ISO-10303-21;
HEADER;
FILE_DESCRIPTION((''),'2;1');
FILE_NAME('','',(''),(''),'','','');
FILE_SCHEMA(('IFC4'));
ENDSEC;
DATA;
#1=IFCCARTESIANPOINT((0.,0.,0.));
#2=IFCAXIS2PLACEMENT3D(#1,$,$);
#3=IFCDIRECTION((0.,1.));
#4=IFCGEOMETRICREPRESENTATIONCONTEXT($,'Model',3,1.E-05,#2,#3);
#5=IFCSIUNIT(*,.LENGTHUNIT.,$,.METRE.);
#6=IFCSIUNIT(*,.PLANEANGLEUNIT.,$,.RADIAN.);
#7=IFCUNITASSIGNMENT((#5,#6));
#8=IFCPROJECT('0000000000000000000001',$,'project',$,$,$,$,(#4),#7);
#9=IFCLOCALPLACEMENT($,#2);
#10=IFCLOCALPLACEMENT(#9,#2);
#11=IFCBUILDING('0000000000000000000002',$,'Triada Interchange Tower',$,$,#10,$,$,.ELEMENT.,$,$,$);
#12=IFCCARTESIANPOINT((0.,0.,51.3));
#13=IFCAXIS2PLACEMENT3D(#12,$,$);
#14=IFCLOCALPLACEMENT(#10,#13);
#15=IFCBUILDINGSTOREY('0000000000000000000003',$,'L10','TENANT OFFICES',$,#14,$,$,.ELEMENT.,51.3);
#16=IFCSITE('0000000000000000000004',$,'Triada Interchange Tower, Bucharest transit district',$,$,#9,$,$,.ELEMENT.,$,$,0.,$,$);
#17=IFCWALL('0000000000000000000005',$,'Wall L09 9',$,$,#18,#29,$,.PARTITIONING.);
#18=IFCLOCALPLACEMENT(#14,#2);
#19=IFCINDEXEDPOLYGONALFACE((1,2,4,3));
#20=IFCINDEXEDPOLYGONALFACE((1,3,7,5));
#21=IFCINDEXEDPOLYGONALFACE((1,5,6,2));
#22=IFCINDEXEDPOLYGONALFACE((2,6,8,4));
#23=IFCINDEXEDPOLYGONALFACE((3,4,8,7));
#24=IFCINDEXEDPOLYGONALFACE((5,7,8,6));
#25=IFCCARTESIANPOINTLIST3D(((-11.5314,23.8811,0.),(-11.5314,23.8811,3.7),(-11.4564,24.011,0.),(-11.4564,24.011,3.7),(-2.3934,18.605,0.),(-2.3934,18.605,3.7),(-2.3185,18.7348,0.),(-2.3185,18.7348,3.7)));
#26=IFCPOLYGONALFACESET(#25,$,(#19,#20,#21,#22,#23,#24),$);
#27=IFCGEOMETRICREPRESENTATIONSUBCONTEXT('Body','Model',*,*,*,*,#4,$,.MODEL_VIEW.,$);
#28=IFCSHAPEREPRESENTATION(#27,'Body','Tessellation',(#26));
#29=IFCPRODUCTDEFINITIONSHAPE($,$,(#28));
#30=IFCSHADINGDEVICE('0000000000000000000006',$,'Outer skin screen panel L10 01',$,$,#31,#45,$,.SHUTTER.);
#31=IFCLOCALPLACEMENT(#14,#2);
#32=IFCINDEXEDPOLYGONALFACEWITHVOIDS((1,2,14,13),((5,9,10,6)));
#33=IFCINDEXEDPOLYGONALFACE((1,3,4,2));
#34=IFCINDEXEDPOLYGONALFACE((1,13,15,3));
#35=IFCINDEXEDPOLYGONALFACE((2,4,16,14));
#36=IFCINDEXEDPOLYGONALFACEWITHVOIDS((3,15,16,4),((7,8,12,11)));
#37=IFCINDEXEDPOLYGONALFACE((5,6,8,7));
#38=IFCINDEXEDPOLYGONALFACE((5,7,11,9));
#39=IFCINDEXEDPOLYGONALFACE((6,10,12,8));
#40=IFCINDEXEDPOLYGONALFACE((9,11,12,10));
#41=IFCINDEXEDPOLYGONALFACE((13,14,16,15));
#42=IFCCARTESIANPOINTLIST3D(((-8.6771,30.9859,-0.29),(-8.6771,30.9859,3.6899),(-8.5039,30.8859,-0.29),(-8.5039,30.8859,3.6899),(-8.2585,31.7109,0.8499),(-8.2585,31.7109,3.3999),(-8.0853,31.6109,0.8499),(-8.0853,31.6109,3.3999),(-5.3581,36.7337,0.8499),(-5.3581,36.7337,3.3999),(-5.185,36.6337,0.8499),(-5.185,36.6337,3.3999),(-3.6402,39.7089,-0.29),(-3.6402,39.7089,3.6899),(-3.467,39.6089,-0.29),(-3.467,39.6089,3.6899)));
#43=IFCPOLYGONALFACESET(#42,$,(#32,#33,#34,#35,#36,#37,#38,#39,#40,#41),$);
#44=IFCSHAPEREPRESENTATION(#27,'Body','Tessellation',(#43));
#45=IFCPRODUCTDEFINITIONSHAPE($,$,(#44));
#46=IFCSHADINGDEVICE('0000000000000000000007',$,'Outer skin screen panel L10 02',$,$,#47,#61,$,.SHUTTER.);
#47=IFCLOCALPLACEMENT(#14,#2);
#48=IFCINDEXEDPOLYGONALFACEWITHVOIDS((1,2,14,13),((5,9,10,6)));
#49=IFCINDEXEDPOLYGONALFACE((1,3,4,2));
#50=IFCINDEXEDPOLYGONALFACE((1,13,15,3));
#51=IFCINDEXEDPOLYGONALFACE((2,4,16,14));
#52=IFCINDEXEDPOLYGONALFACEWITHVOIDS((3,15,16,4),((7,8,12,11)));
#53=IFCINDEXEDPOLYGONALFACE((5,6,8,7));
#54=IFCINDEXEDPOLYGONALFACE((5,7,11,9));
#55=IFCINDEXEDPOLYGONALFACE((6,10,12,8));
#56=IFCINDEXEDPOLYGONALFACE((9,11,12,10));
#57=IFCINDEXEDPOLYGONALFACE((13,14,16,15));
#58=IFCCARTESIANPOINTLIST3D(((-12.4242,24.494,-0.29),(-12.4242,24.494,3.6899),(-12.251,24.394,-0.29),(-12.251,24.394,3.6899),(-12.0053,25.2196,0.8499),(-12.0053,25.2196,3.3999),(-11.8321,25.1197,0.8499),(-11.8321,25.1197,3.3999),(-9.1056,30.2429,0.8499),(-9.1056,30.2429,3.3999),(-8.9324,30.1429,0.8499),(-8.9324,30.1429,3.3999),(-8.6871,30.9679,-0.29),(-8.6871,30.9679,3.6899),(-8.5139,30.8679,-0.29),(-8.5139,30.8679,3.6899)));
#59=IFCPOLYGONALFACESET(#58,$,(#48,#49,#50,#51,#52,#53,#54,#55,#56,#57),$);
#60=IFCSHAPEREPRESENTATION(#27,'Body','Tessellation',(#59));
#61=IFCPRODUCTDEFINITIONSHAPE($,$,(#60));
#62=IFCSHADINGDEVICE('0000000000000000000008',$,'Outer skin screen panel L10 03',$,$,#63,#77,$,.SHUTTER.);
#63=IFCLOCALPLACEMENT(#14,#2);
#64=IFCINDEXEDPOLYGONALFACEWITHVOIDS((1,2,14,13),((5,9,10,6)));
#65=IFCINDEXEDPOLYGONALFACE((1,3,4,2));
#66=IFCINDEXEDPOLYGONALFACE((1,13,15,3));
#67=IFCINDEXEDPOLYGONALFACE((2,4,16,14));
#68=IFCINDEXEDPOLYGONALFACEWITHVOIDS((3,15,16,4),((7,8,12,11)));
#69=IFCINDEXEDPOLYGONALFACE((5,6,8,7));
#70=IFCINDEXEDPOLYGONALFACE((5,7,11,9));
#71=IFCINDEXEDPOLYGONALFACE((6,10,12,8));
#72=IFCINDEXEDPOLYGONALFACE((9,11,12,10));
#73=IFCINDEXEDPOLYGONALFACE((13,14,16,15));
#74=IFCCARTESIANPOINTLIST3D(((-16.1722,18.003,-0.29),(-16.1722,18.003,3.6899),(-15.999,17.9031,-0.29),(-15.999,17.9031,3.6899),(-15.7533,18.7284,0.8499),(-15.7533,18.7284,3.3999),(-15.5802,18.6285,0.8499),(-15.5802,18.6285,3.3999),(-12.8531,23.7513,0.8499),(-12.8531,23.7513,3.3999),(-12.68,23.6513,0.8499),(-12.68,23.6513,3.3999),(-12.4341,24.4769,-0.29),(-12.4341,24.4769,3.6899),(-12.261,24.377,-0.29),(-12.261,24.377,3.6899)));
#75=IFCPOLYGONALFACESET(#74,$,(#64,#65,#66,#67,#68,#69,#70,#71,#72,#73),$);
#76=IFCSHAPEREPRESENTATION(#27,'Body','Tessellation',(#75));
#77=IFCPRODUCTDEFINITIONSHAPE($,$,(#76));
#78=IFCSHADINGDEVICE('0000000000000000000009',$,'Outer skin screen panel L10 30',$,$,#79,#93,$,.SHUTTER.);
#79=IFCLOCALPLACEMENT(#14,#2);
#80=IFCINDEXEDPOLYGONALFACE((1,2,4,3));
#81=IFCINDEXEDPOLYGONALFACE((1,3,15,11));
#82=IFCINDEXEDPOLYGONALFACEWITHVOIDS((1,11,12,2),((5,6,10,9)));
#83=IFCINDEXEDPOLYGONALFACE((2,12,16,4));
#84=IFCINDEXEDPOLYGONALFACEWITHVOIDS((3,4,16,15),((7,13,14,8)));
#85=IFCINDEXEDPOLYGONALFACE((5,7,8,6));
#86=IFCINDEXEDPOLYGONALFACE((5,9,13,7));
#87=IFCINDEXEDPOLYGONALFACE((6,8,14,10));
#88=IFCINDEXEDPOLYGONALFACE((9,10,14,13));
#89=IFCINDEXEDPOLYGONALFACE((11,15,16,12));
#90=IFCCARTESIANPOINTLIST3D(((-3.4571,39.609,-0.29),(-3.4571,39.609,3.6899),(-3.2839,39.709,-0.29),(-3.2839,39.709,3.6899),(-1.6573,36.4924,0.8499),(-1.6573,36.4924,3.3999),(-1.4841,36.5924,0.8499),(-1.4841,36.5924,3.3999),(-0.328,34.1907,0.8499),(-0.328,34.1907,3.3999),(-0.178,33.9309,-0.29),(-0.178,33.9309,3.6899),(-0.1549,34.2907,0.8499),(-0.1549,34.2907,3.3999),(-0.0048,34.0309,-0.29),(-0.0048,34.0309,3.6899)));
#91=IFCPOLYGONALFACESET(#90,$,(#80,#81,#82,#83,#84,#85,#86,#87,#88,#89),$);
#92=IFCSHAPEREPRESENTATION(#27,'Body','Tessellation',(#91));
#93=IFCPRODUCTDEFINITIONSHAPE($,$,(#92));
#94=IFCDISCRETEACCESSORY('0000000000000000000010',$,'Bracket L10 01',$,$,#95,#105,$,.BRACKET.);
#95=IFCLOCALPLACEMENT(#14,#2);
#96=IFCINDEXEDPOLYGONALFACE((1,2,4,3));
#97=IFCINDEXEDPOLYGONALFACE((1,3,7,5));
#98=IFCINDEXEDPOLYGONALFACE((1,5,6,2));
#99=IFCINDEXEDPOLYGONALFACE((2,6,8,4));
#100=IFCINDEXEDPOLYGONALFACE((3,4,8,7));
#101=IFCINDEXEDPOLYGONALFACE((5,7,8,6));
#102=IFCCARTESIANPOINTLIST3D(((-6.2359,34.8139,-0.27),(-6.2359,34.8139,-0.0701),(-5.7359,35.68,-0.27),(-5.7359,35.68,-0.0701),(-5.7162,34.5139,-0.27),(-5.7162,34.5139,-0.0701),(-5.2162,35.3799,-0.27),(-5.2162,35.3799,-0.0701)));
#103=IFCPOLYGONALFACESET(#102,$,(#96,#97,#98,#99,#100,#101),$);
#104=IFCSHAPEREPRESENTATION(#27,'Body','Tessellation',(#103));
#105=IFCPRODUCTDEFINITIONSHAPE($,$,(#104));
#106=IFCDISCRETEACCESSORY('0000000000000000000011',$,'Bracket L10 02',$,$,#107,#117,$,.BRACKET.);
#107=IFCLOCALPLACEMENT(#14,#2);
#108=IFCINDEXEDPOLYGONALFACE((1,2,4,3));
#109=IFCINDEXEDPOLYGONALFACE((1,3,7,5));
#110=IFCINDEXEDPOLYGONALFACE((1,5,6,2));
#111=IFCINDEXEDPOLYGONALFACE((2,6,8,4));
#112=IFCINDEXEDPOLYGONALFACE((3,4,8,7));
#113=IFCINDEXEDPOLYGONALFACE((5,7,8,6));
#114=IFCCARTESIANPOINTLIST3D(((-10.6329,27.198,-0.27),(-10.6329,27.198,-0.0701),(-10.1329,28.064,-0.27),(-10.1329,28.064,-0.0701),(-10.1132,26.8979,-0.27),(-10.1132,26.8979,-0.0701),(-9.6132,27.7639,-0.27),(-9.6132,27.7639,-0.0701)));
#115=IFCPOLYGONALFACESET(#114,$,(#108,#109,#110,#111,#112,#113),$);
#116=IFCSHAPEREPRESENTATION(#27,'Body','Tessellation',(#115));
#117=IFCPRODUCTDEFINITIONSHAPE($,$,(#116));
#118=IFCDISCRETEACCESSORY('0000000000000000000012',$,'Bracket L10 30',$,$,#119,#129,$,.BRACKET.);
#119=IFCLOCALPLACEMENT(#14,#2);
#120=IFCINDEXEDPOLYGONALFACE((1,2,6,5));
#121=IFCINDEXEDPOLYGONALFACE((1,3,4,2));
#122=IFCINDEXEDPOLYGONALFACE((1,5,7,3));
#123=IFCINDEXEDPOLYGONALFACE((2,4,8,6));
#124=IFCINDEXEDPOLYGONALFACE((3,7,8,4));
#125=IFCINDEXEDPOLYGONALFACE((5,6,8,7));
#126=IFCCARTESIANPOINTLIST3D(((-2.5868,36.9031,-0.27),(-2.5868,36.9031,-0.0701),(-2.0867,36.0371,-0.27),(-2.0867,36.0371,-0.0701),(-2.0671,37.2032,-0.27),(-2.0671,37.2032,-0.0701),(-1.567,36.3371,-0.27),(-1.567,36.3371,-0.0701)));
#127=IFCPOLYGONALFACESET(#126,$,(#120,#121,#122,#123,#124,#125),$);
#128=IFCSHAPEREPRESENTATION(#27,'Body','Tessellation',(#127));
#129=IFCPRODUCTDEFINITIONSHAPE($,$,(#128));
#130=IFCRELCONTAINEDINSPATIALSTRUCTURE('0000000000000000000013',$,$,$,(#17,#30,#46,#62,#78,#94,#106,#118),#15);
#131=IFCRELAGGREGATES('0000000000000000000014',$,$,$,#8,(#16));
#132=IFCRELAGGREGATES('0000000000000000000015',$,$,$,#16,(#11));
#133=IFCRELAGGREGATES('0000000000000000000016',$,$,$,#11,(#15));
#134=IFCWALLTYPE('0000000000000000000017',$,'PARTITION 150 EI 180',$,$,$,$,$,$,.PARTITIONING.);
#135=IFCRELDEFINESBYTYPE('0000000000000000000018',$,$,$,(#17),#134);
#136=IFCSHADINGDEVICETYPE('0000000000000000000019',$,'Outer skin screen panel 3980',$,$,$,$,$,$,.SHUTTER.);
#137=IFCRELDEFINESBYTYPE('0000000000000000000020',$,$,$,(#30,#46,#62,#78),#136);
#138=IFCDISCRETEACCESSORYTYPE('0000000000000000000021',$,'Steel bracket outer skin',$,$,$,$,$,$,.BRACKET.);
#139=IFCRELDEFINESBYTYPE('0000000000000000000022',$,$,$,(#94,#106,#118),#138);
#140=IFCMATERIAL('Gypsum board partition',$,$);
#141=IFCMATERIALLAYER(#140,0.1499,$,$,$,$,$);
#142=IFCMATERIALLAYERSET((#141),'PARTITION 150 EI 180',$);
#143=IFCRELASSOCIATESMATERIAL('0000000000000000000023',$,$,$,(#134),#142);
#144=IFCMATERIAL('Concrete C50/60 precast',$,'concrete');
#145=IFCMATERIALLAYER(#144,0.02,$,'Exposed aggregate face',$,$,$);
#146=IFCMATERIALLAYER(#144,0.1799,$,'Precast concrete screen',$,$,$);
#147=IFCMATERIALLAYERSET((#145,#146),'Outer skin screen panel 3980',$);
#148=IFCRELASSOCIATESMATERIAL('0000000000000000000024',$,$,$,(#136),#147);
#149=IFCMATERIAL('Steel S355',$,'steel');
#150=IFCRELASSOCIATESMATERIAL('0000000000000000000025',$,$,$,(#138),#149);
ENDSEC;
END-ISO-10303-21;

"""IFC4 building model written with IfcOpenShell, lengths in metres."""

from ifc_helpers import new_model, si_unit, direction, frame, frame_2d, origin, origin_2d, place, context, subcontext, project, spatial, polyline, rectangle, outline, extrude, material, layer, layer_set, type_object, element, save


model = new_model("IFC4")

# Units and contexts
model_context = context("Model", 3, precision=1e-05, world=origin(), true_north=direction((0.0, 1.0)))
body_context = subcontext(model_context, "Body", "Model", "MODEL_VIEW")
ifc_project = project(units=[si_unit("LENGTHUNIT", "METRE"), si_unit("PLANEANGLEUNIT", "RADIAN")], contexts=[model_context])

# Site, building, storey
site_placement = place(None, origin())
site = spatial("IfcSite", under=ifc_project, at=site_placement, Name="Triada Interchange Tower, Bucharest transit district", CompositionType="ELEMENT", RefElevation=0.0)
building_placement = place(site_placement, origin())
building = spatial("IfcBuilding", under=site, at=building_placement, Name="Triada Interchange Tower", CompositionType="ELEMENT")
storey_placement = place(building_placement, frame((0.0, 0.0, 51.3)))
storey = spatial("IfcBuildingStorey", under=building, at=storey_placement, Name="L10", Description="TENANT OFFICES", CompositionType="ELEMENT", Elevation=51.3)

# Wall
ifc_material_1 = material(Name="Gypsum board partition")
ifc_layer_1 = layer(ifc_material_1, 0.1499)
ifc_layer_set_1 = layer_set([ifc_layer_1], Name="PARTITION 150 EI 180")
wall_type_1 = type_object("IfcWallType", Name="PARTITION 150 EI 180", PredefinedType="PARTITIONING", material=ifc_layer_set_1)
wall_1_placement = place(storey_placement, frame((-11.4939, 23.946, 0.0), z_axis=(0.0, 0.0, 1.0), x_axis=(0.866012, -0.500024, 0.0)))
element("IfcWall", 1, at=wall_1_placement, inside=storey, type_object=wall_type_1, Name="Wall L09 9", PredefinedType="PARTITIONING", context=body_context, shape_type="SweptSolid", body=[
    extrude(rectangle(XDim=10.5518, YDim=0.1499, at=frame_2d((5.2759, 0.0))), origin(), (0.0, 0.0, 1.0), 3.7),
])

# Shading devices
ifc_material_2 = material(Name="Concrete C50/60 precast", Category="concrete")
ifc_layer_2 = layer(ifc_material_2, 0.02, Name="Exposed aggregate face")
ifc_layer_3 = layer(ifc_material_2, 0.1799, Name="Precast concrete screen")
ifc_layer_set_2 = layer_set([ifc_layer_2, ifc_layer_3], Name="Outer skin screen panel 3980")
shading_device_type = type_object("IfcShadingDeviceType", Name="Outer skin screen panel 3980", PredefinedType="SHUTTER", material=ifc_layer_set_2)
shading_device_1_placement = place(storey_placement, frame((-3.467, 39.6089, -0.29), z_axis=(0.0, 0.0, 1.0), x_axis=(-0.500052, -0.865995, 0.0)))
element("IfcShadingDevice", 2, at=shading_device_1_placement, inside=storey, type_object=shading_device_type, Name="Outer skin screen panel L10 01", PredefinedType="SHUTTER", context=body_context, shape_type="SweptSolid", body=[
    extrude(outline(polyline([(0.0, 0.0), (10.0728, 0.0), (10.0728, 3.98), (0.0, 3.98), (0.0, 0.0)]), holes=[polyline([(3.4355, 1.1399), (3.4355, 3.6899), (9.2356, 3.6899), (9.2356, 1.1399), (3.4355, 1.1399)])]), frame((0.0, 0.0, 0.0), z_axis=(0.0, -1.0, 0.0), x_axis=(1.0, 0.0, 0.0)), (0.0, 0.0, 1.0), 0.2),
])
shading_device_2_placement = place(storey_placement, frame((-8.5139, 30.8679, -0.29), z_axis=(0.0, 0.0, 1.0), x_axis=(-0.499936, -0.866062, 0.0)))
element("IfcShadingDevice", 3, at=shading_device_2_placement, inside=storey, type_object=shading_device_type, Name="Outer skin screen panel L10 02", PredefinedType="SHUTTER", context=body_context, shape_type="SweptSolid", body=[
    extrude(outline(polyline([(0.0, 0.0), (7.4751, 0.0), (7.4751, 3.98), (0.0, 3.98), (0.0, 0.0)]), holes=[polyline([(0.8372, 1.1399), (0.8372, 3.6899), (6.6372, 3.6899), (6.6372, 1.1399), (0.8372, 1.1399)])]), frame((0.0, 0.0, 0.0), z_axis=(0.0, -1.0, 0.0), x_axis=(1.0, 0.0, 0.0)), (0.0, 0.0, 1.0), 0.2),
])
shading_device_3_placement = place(storey_placement, frame((-12.261, 24.377, -0.29), z_axis=(0.0, 0.0, 1.0), x_axis=(-0.500034, -0.866006, 0.0)))
element("IfcShadingDevice", 4, at=shading_device_3_placement, inside=storey, type_object=shading_device_type, Name="Outer skin screen panel L10 03", PredefinedType="SHUTTER", context=body_context, shape_type="SweptSolid", body=[
    extrude(outline(polyline([(0.0, 0.0), (7.4756, 0.0), (7.4756, 3.98), (0.0, 3.98), (0.0, 0.0)]), holes=[polyline([(0.8379, 1.1399), (0.8379, 3.6899), (6.6379, 3.6899), (6.6379, 1.1399), (0.8379, 1.1399)])]), frame((0.0, 0.0, 0.0), z_axis=(0.0, -1.0, 0.0), x_axis=(1.0, 0.0, 0.0)), (0.0, 0.0, 1.0), 0.2),
])
shading_device_4_placement = place(storey_placement, frame((-0.178, 33.9309, -0.29), z_axis=(0.0, 0.0, 1.0), x_axis=(-0.5001, 0.865968, 0.0)))
element("IfcShadingDevice", 5, at=shading_device_4_placement, inside=storey, type_object=shading_device_type, Name="Outer skin screen panel L10 30", PredefinedType="SHUTTER", context=body_context, shape_type="SweptSolid", body=[
    extrude(outline(polyline([(0.0, 0.0), (6.5569, 0.0), (6.5569, 3.98), (0.0, 3.98), (0.0, 0.0)]), holes=[polyline([(0.3, 1.1399), (0.3, 3.6899), (2.958, 3.6899), (2.958, 1.1399), (0.3, 1.1399)])]), frame((0.0, 0.0, 0.0), z_axis=(0.0, -1.0, 0.0), x_axis=(1.0, 0.0, 0.0)), (0.0, 0.0, 1.0), 0.2),
])

# Discrete accessories
ifc_material_3 = material(Name="Steel S355", Category="steel")
discrete_accessory_type = type_object("IfcDiscreteAccessoryType", Name="Steel bracket outer skin", PredefinedType="BRACKET", material=ifc_material_3)
for number, where, z_axis, x_axis, name in (
    (6, (-5.7261, 35.0969, -0.27), (0.0, 0.0, 1.0), (-0.866026, 0.499999, 0.0), "Bracket L10 01"),
    (7, (-10.123, 27.481, -0.27), (0.0, 0.0, 1.0), (-0.866026, 0.499999, 0.0), "Bracket L10 02"),
    (8, (-2.0769, 36.6201, -0.27), (0.0, 0.0, 1.0), (0.866012, 0.500023, 0.0), "Bracket L10 30"),
):
    element("IfcDiscreteAccessory", number, at=place(storey_placement, frame(where, z_axis=z_axis, x_axis=x_axis)), inside=storey, type_object=discrete_accessory_type, Name=name, PredefinedType="BRACKET", context=body_context, shape_type="SweptSolid", body=[
        extrude(rectangle(XDim=0.6001, YDim=1.0, at=origin_2d()), origin(), (0.0, 0.0, 1.0), 0.2),
    ])

save(model, "model.ifc")
